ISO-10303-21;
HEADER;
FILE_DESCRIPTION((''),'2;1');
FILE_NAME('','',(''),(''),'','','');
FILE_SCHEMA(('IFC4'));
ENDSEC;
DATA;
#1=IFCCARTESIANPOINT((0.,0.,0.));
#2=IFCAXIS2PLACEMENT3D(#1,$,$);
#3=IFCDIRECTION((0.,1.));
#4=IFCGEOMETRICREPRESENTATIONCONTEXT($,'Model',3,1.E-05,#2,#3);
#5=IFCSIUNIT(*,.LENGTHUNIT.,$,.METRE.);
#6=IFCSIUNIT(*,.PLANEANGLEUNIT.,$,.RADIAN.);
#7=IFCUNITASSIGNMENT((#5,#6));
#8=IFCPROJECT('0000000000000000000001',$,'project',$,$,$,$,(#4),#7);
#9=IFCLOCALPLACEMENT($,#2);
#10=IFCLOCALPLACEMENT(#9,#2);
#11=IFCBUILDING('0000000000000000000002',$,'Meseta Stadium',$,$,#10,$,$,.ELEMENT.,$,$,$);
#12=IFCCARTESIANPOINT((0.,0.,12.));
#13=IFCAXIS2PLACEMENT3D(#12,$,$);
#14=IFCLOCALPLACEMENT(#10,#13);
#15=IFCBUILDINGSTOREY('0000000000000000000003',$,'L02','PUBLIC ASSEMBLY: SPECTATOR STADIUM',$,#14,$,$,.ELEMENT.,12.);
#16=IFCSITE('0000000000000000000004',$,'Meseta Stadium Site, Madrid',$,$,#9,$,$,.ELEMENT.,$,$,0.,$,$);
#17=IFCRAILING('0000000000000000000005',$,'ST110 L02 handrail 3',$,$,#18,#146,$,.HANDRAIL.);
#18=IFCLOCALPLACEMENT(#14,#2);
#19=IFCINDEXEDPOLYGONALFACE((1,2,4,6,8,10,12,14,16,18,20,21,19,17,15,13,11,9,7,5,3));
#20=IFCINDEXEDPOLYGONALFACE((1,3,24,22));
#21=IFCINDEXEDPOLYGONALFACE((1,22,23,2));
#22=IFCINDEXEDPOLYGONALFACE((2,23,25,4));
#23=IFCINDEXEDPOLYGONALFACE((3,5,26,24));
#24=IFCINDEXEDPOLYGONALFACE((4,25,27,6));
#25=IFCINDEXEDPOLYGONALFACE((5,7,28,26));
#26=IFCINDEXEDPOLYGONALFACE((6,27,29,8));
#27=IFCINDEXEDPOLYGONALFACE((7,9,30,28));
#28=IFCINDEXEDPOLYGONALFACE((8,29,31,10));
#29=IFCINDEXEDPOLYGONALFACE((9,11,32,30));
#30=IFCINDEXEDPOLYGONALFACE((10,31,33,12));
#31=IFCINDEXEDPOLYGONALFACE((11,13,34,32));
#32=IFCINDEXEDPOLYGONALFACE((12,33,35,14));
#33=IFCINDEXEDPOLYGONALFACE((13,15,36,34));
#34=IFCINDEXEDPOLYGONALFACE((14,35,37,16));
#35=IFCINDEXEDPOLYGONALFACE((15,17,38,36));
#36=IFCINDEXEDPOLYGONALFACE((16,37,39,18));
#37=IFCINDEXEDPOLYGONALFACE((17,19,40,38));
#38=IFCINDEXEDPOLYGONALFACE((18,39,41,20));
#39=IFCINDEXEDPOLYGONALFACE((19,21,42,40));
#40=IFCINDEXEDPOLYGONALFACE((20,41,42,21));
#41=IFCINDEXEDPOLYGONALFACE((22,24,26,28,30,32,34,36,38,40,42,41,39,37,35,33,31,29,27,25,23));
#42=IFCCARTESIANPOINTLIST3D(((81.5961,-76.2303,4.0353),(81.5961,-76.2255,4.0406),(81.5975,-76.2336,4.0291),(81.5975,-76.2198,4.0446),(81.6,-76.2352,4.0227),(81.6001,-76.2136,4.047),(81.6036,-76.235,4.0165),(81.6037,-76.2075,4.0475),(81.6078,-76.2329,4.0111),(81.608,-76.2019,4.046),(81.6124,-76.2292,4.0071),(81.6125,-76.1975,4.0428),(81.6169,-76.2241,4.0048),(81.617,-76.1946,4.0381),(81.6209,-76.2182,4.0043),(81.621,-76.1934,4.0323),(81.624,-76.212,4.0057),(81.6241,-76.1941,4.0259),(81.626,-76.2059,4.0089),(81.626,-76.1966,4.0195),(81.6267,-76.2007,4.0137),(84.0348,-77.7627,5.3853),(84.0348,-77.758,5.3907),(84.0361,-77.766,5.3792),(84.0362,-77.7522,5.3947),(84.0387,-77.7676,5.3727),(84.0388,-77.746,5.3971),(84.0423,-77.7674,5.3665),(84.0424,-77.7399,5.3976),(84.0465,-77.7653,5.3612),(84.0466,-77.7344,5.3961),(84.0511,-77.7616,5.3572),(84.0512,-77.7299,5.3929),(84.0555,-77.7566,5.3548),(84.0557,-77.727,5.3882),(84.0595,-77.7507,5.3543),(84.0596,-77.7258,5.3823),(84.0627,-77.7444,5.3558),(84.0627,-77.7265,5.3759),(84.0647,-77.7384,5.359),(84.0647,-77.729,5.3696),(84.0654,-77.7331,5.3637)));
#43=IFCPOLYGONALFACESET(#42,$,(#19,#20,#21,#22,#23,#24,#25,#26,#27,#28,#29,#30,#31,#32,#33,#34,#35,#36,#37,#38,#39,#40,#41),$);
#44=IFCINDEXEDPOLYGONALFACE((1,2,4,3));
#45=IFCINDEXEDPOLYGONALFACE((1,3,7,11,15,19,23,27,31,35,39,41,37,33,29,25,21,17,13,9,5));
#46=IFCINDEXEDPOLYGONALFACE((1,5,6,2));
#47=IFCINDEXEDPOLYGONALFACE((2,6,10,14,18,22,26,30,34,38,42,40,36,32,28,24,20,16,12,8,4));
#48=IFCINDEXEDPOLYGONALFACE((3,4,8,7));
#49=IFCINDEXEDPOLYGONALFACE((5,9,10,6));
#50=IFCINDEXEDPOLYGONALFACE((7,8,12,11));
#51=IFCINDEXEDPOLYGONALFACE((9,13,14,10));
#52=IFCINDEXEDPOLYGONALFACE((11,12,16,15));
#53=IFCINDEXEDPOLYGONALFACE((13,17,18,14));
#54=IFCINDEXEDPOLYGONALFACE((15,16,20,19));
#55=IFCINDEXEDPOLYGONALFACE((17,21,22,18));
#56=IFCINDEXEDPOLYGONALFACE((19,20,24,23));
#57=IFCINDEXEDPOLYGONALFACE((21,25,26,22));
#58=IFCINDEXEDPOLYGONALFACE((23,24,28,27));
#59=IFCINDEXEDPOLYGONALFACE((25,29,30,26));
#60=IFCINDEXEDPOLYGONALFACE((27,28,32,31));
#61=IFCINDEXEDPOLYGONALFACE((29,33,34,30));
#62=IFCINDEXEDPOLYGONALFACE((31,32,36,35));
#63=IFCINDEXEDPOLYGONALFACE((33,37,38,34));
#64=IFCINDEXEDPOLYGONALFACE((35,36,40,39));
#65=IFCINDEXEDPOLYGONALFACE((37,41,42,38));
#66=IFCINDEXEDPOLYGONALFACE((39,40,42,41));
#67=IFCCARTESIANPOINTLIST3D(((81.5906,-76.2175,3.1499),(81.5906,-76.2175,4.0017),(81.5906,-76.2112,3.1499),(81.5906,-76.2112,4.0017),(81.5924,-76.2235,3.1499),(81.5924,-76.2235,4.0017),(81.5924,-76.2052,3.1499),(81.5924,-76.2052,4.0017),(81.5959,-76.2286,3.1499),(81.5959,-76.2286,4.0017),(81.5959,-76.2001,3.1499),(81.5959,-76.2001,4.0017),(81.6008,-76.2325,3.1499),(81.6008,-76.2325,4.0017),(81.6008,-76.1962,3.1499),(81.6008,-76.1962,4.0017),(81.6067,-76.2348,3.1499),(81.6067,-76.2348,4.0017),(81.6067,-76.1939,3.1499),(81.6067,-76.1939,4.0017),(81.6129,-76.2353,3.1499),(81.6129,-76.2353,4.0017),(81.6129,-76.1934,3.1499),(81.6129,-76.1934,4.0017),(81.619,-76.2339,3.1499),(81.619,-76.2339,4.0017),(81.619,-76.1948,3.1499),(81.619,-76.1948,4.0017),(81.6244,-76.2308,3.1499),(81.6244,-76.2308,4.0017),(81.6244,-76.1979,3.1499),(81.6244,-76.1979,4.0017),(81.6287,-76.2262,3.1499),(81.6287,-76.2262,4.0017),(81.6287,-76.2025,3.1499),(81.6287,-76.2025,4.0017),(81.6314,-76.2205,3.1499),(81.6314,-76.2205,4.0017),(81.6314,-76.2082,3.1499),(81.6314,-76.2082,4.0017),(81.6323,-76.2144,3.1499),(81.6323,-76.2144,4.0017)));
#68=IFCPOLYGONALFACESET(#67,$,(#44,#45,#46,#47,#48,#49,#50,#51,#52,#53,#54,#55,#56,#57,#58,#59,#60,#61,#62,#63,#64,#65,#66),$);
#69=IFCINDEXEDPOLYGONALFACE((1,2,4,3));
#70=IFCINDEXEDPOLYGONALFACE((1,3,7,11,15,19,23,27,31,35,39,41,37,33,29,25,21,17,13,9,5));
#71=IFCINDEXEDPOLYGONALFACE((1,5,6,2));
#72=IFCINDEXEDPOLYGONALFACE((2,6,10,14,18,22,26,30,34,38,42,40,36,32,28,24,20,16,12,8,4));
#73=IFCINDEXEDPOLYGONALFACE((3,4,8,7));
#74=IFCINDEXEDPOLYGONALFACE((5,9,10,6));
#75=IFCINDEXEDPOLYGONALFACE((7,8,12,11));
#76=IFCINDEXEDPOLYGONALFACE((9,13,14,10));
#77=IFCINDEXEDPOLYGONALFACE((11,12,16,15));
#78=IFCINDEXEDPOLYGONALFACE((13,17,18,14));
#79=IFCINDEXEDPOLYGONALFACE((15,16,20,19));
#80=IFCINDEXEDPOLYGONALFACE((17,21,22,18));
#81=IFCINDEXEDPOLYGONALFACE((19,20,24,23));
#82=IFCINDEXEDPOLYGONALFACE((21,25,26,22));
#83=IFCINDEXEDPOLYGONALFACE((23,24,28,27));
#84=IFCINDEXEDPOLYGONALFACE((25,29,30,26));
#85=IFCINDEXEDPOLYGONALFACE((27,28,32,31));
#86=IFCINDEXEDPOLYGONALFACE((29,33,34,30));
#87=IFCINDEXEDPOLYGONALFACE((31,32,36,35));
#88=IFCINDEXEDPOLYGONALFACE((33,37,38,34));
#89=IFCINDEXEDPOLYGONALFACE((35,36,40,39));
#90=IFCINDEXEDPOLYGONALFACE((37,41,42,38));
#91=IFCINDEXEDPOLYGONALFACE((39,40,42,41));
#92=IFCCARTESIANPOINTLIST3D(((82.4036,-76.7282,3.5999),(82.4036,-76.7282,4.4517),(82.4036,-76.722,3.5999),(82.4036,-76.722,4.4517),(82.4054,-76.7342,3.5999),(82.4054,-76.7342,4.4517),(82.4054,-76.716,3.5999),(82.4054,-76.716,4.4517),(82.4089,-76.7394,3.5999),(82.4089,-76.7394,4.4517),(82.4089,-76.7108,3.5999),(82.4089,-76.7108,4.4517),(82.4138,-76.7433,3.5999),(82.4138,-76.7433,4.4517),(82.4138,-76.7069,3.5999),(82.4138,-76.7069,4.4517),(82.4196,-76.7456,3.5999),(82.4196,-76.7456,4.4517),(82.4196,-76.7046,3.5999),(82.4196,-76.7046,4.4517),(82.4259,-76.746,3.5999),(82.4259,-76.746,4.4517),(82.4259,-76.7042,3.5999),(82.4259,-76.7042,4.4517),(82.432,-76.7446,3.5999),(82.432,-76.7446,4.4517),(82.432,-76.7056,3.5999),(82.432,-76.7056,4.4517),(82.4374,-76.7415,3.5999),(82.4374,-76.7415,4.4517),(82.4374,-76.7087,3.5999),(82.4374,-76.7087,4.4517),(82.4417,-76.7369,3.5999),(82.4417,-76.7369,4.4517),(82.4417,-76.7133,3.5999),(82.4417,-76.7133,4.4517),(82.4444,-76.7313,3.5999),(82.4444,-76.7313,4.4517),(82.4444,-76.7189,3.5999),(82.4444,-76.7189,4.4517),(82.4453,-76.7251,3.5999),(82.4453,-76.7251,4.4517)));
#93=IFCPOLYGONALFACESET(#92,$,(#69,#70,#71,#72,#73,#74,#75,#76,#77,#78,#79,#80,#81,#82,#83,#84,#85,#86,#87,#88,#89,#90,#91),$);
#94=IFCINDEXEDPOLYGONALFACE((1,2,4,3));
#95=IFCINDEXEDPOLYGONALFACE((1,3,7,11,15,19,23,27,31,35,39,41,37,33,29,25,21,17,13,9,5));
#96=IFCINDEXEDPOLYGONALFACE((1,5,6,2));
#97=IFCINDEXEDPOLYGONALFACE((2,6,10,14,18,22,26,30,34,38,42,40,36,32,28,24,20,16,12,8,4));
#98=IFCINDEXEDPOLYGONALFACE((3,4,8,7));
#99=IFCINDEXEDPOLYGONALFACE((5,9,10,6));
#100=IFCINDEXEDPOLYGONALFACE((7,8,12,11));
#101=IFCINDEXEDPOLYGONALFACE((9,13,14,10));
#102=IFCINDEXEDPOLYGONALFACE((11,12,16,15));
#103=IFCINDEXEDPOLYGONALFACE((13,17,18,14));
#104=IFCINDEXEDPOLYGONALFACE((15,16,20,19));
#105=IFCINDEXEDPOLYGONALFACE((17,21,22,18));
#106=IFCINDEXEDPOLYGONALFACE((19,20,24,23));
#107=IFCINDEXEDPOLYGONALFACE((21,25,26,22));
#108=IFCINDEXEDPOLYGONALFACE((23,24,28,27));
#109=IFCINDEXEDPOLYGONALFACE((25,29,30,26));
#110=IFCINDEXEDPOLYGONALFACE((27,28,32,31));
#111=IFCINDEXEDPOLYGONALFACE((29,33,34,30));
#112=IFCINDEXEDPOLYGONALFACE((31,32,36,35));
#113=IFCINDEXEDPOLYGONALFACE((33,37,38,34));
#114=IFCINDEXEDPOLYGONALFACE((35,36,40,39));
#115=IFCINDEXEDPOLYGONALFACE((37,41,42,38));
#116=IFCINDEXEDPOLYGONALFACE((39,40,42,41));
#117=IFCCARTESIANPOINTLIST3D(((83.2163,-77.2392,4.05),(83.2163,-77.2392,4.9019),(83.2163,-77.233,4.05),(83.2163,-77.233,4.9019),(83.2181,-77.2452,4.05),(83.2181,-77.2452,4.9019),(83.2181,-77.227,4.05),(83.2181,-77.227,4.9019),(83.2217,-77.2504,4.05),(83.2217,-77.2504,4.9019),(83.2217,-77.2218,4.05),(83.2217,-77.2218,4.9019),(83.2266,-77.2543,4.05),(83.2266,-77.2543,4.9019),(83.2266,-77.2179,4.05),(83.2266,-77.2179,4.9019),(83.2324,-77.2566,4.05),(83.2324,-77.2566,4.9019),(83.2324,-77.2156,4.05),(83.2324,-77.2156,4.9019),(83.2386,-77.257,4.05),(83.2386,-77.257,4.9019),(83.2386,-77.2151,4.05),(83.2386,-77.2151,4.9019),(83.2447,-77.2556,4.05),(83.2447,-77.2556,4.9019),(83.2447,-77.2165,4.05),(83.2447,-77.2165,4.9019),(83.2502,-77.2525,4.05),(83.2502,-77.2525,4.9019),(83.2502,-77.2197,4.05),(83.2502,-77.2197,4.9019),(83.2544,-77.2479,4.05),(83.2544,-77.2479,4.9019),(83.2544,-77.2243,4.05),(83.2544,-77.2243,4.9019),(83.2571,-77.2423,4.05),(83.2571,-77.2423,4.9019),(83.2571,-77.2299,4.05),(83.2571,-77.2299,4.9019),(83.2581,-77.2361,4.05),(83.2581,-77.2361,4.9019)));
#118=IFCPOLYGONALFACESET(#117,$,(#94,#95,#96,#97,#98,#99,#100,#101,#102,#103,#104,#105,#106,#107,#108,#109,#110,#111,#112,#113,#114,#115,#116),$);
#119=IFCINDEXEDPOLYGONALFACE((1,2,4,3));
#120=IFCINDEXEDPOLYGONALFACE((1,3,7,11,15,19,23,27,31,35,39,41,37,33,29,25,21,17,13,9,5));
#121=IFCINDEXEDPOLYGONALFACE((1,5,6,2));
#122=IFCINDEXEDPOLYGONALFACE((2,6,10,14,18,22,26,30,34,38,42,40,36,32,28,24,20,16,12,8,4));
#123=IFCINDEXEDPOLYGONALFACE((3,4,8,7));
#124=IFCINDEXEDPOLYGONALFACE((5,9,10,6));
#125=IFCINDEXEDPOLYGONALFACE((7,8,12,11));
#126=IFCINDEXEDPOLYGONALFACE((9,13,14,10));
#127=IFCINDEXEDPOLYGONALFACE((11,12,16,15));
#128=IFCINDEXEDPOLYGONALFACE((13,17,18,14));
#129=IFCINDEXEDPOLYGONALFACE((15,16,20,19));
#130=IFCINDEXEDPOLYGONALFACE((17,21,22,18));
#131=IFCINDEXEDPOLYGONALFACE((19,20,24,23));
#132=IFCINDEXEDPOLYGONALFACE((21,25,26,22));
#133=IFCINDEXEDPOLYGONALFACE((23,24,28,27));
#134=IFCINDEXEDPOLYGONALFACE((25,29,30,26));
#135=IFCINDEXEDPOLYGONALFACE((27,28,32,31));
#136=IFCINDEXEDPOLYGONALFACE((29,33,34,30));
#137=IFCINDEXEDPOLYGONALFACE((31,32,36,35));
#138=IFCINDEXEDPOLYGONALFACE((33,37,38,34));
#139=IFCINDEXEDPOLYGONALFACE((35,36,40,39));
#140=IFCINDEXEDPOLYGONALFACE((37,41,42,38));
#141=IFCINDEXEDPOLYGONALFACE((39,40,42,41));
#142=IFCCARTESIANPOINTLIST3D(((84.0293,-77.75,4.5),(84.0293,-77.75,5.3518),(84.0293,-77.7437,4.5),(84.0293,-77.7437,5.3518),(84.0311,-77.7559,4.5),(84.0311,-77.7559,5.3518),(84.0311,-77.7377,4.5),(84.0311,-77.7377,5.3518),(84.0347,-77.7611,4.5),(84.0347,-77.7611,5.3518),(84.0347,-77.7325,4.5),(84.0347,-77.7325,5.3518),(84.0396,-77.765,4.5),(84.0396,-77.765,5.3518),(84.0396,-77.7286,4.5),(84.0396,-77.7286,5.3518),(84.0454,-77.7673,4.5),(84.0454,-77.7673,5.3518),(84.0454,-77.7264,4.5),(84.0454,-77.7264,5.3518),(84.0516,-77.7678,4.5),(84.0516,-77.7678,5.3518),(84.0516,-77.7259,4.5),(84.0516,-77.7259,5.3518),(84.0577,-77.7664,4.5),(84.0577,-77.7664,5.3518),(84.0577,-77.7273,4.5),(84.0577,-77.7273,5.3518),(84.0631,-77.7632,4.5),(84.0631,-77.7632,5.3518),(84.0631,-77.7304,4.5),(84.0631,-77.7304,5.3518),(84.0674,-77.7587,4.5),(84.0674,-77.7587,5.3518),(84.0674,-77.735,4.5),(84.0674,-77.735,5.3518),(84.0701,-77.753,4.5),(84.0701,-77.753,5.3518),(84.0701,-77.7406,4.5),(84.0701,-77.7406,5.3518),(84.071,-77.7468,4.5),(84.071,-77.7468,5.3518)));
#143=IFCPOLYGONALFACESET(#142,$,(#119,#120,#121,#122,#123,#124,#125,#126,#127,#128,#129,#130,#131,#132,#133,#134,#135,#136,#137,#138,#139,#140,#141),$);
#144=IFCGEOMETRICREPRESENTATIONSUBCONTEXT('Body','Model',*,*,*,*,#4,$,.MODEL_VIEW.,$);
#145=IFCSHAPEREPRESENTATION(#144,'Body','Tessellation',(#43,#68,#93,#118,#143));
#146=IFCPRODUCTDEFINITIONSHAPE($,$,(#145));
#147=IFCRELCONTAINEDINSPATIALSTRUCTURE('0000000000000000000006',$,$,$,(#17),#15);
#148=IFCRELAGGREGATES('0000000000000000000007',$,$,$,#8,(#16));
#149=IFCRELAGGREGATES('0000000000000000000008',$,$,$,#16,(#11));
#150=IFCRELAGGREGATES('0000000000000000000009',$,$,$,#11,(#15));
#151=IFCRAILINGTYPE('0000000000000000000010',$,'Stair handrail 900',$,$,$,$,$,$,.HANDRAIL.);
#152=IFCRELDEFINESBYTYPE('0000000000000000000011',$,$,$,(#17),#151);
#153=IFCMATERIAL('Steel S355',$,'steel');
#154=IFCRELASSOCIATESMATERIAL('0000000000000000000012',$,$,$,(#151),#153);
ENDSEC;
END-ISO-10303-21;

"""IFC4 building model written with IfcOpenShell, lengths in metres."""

from ifc_helpers import new_model, si_unit, direction, frame, origin, origin_2d, place, context, subcontext, project, spatial, circle, extrude, material, type_object, element, save


model = new_model("IFC4")

# Units and contexts
model_context = context("Model", 3, precision=1e-05, world=origin(), true_north=direction((0.0, 1.0)))
body_context = subcontext(model_context, "Body", "Model", "MODEL_VIEW")
ifc_project = project(units=[si_unit("LENGTHUNIT", "METRE"), si_unit("PLANEANGLEUNIT", "RADIAN")], contexts=[model_context])

# Site, building, storey
site_placement = place(None, origin())
site = spatial("IfcSite", under=ifc_project, at=site_placement, Name="Meseta Stadium Site, Madrid", CompositionType="ELEMENT", RefElevation=0.0)
building_placement = place(site_placement, origin())
building = spatial("IfcBuilding", under=site, at=building_placement, Name="Meseta Stadium", CompositionType="ELEMENT")
storey_placement = place(building_placement, frame((0.0, 0.0, 12.0)))
storey = spatial("IfcBuildingStorey", under=building, at=storey_placement, Name="L02", Description="PUBLIC ASSEMBLY: SPECTATOR STADIUM", CompositionType="ELEMENT", Elevation=12.0)

# Railing
ifc_material_1 = material(Name="Steel S355", Category="steel")
railing_type_1 = type_object("IfcRailingType", Name="Stair handrail 900", PredefinedType="HANDRAIL", material=ifc_material_1)
railing_1_placement = place(storey_placement, frame((81.6113, -76.2144, 3.1499)))
element("IfcRailing", 1, at=railing_1_placement, inside=storey, type_object=railing_type_1, Name="ST110 L02 handrail 3", PredefinedType="HANDRAIL", context=body_context, shape_type="SweptSolid", body=[
    extrude(circle(Radius=0.0239, at=origin_2d()), frame((0.0, 0.0, 0.876), z_axis=(0.766659, -0.481762, 0.424429), x_axis=(0.532062, 0.846705, 0.0)), (0.0, 0.0, 1.0), 3.1809),
    extrude(circle(Radius=0.021, at=origin_2d()), origin(), (0.0, 0.0, 1.0), 0.8518),
    extrude(circle(Radius=0.021, at=origin_2d()), frame((0.813, -0.5107, 0.45)), (0.0, 0.0, 1.0), 0.8518),
    extrude(circle(Radius=0.021, at=origin_2d()), frame((1.6257, -1.0217, 0.9001)), (0.0, 0.0, 1.0), 0.8518),
    extrude(circle(Radius=0.021, at=origin_2d()), frame((2.4387, -1.5325, 1.3501)), (0.0, 0.0, 1.0), 0.8518),
])

save(model, "model.ifc")
